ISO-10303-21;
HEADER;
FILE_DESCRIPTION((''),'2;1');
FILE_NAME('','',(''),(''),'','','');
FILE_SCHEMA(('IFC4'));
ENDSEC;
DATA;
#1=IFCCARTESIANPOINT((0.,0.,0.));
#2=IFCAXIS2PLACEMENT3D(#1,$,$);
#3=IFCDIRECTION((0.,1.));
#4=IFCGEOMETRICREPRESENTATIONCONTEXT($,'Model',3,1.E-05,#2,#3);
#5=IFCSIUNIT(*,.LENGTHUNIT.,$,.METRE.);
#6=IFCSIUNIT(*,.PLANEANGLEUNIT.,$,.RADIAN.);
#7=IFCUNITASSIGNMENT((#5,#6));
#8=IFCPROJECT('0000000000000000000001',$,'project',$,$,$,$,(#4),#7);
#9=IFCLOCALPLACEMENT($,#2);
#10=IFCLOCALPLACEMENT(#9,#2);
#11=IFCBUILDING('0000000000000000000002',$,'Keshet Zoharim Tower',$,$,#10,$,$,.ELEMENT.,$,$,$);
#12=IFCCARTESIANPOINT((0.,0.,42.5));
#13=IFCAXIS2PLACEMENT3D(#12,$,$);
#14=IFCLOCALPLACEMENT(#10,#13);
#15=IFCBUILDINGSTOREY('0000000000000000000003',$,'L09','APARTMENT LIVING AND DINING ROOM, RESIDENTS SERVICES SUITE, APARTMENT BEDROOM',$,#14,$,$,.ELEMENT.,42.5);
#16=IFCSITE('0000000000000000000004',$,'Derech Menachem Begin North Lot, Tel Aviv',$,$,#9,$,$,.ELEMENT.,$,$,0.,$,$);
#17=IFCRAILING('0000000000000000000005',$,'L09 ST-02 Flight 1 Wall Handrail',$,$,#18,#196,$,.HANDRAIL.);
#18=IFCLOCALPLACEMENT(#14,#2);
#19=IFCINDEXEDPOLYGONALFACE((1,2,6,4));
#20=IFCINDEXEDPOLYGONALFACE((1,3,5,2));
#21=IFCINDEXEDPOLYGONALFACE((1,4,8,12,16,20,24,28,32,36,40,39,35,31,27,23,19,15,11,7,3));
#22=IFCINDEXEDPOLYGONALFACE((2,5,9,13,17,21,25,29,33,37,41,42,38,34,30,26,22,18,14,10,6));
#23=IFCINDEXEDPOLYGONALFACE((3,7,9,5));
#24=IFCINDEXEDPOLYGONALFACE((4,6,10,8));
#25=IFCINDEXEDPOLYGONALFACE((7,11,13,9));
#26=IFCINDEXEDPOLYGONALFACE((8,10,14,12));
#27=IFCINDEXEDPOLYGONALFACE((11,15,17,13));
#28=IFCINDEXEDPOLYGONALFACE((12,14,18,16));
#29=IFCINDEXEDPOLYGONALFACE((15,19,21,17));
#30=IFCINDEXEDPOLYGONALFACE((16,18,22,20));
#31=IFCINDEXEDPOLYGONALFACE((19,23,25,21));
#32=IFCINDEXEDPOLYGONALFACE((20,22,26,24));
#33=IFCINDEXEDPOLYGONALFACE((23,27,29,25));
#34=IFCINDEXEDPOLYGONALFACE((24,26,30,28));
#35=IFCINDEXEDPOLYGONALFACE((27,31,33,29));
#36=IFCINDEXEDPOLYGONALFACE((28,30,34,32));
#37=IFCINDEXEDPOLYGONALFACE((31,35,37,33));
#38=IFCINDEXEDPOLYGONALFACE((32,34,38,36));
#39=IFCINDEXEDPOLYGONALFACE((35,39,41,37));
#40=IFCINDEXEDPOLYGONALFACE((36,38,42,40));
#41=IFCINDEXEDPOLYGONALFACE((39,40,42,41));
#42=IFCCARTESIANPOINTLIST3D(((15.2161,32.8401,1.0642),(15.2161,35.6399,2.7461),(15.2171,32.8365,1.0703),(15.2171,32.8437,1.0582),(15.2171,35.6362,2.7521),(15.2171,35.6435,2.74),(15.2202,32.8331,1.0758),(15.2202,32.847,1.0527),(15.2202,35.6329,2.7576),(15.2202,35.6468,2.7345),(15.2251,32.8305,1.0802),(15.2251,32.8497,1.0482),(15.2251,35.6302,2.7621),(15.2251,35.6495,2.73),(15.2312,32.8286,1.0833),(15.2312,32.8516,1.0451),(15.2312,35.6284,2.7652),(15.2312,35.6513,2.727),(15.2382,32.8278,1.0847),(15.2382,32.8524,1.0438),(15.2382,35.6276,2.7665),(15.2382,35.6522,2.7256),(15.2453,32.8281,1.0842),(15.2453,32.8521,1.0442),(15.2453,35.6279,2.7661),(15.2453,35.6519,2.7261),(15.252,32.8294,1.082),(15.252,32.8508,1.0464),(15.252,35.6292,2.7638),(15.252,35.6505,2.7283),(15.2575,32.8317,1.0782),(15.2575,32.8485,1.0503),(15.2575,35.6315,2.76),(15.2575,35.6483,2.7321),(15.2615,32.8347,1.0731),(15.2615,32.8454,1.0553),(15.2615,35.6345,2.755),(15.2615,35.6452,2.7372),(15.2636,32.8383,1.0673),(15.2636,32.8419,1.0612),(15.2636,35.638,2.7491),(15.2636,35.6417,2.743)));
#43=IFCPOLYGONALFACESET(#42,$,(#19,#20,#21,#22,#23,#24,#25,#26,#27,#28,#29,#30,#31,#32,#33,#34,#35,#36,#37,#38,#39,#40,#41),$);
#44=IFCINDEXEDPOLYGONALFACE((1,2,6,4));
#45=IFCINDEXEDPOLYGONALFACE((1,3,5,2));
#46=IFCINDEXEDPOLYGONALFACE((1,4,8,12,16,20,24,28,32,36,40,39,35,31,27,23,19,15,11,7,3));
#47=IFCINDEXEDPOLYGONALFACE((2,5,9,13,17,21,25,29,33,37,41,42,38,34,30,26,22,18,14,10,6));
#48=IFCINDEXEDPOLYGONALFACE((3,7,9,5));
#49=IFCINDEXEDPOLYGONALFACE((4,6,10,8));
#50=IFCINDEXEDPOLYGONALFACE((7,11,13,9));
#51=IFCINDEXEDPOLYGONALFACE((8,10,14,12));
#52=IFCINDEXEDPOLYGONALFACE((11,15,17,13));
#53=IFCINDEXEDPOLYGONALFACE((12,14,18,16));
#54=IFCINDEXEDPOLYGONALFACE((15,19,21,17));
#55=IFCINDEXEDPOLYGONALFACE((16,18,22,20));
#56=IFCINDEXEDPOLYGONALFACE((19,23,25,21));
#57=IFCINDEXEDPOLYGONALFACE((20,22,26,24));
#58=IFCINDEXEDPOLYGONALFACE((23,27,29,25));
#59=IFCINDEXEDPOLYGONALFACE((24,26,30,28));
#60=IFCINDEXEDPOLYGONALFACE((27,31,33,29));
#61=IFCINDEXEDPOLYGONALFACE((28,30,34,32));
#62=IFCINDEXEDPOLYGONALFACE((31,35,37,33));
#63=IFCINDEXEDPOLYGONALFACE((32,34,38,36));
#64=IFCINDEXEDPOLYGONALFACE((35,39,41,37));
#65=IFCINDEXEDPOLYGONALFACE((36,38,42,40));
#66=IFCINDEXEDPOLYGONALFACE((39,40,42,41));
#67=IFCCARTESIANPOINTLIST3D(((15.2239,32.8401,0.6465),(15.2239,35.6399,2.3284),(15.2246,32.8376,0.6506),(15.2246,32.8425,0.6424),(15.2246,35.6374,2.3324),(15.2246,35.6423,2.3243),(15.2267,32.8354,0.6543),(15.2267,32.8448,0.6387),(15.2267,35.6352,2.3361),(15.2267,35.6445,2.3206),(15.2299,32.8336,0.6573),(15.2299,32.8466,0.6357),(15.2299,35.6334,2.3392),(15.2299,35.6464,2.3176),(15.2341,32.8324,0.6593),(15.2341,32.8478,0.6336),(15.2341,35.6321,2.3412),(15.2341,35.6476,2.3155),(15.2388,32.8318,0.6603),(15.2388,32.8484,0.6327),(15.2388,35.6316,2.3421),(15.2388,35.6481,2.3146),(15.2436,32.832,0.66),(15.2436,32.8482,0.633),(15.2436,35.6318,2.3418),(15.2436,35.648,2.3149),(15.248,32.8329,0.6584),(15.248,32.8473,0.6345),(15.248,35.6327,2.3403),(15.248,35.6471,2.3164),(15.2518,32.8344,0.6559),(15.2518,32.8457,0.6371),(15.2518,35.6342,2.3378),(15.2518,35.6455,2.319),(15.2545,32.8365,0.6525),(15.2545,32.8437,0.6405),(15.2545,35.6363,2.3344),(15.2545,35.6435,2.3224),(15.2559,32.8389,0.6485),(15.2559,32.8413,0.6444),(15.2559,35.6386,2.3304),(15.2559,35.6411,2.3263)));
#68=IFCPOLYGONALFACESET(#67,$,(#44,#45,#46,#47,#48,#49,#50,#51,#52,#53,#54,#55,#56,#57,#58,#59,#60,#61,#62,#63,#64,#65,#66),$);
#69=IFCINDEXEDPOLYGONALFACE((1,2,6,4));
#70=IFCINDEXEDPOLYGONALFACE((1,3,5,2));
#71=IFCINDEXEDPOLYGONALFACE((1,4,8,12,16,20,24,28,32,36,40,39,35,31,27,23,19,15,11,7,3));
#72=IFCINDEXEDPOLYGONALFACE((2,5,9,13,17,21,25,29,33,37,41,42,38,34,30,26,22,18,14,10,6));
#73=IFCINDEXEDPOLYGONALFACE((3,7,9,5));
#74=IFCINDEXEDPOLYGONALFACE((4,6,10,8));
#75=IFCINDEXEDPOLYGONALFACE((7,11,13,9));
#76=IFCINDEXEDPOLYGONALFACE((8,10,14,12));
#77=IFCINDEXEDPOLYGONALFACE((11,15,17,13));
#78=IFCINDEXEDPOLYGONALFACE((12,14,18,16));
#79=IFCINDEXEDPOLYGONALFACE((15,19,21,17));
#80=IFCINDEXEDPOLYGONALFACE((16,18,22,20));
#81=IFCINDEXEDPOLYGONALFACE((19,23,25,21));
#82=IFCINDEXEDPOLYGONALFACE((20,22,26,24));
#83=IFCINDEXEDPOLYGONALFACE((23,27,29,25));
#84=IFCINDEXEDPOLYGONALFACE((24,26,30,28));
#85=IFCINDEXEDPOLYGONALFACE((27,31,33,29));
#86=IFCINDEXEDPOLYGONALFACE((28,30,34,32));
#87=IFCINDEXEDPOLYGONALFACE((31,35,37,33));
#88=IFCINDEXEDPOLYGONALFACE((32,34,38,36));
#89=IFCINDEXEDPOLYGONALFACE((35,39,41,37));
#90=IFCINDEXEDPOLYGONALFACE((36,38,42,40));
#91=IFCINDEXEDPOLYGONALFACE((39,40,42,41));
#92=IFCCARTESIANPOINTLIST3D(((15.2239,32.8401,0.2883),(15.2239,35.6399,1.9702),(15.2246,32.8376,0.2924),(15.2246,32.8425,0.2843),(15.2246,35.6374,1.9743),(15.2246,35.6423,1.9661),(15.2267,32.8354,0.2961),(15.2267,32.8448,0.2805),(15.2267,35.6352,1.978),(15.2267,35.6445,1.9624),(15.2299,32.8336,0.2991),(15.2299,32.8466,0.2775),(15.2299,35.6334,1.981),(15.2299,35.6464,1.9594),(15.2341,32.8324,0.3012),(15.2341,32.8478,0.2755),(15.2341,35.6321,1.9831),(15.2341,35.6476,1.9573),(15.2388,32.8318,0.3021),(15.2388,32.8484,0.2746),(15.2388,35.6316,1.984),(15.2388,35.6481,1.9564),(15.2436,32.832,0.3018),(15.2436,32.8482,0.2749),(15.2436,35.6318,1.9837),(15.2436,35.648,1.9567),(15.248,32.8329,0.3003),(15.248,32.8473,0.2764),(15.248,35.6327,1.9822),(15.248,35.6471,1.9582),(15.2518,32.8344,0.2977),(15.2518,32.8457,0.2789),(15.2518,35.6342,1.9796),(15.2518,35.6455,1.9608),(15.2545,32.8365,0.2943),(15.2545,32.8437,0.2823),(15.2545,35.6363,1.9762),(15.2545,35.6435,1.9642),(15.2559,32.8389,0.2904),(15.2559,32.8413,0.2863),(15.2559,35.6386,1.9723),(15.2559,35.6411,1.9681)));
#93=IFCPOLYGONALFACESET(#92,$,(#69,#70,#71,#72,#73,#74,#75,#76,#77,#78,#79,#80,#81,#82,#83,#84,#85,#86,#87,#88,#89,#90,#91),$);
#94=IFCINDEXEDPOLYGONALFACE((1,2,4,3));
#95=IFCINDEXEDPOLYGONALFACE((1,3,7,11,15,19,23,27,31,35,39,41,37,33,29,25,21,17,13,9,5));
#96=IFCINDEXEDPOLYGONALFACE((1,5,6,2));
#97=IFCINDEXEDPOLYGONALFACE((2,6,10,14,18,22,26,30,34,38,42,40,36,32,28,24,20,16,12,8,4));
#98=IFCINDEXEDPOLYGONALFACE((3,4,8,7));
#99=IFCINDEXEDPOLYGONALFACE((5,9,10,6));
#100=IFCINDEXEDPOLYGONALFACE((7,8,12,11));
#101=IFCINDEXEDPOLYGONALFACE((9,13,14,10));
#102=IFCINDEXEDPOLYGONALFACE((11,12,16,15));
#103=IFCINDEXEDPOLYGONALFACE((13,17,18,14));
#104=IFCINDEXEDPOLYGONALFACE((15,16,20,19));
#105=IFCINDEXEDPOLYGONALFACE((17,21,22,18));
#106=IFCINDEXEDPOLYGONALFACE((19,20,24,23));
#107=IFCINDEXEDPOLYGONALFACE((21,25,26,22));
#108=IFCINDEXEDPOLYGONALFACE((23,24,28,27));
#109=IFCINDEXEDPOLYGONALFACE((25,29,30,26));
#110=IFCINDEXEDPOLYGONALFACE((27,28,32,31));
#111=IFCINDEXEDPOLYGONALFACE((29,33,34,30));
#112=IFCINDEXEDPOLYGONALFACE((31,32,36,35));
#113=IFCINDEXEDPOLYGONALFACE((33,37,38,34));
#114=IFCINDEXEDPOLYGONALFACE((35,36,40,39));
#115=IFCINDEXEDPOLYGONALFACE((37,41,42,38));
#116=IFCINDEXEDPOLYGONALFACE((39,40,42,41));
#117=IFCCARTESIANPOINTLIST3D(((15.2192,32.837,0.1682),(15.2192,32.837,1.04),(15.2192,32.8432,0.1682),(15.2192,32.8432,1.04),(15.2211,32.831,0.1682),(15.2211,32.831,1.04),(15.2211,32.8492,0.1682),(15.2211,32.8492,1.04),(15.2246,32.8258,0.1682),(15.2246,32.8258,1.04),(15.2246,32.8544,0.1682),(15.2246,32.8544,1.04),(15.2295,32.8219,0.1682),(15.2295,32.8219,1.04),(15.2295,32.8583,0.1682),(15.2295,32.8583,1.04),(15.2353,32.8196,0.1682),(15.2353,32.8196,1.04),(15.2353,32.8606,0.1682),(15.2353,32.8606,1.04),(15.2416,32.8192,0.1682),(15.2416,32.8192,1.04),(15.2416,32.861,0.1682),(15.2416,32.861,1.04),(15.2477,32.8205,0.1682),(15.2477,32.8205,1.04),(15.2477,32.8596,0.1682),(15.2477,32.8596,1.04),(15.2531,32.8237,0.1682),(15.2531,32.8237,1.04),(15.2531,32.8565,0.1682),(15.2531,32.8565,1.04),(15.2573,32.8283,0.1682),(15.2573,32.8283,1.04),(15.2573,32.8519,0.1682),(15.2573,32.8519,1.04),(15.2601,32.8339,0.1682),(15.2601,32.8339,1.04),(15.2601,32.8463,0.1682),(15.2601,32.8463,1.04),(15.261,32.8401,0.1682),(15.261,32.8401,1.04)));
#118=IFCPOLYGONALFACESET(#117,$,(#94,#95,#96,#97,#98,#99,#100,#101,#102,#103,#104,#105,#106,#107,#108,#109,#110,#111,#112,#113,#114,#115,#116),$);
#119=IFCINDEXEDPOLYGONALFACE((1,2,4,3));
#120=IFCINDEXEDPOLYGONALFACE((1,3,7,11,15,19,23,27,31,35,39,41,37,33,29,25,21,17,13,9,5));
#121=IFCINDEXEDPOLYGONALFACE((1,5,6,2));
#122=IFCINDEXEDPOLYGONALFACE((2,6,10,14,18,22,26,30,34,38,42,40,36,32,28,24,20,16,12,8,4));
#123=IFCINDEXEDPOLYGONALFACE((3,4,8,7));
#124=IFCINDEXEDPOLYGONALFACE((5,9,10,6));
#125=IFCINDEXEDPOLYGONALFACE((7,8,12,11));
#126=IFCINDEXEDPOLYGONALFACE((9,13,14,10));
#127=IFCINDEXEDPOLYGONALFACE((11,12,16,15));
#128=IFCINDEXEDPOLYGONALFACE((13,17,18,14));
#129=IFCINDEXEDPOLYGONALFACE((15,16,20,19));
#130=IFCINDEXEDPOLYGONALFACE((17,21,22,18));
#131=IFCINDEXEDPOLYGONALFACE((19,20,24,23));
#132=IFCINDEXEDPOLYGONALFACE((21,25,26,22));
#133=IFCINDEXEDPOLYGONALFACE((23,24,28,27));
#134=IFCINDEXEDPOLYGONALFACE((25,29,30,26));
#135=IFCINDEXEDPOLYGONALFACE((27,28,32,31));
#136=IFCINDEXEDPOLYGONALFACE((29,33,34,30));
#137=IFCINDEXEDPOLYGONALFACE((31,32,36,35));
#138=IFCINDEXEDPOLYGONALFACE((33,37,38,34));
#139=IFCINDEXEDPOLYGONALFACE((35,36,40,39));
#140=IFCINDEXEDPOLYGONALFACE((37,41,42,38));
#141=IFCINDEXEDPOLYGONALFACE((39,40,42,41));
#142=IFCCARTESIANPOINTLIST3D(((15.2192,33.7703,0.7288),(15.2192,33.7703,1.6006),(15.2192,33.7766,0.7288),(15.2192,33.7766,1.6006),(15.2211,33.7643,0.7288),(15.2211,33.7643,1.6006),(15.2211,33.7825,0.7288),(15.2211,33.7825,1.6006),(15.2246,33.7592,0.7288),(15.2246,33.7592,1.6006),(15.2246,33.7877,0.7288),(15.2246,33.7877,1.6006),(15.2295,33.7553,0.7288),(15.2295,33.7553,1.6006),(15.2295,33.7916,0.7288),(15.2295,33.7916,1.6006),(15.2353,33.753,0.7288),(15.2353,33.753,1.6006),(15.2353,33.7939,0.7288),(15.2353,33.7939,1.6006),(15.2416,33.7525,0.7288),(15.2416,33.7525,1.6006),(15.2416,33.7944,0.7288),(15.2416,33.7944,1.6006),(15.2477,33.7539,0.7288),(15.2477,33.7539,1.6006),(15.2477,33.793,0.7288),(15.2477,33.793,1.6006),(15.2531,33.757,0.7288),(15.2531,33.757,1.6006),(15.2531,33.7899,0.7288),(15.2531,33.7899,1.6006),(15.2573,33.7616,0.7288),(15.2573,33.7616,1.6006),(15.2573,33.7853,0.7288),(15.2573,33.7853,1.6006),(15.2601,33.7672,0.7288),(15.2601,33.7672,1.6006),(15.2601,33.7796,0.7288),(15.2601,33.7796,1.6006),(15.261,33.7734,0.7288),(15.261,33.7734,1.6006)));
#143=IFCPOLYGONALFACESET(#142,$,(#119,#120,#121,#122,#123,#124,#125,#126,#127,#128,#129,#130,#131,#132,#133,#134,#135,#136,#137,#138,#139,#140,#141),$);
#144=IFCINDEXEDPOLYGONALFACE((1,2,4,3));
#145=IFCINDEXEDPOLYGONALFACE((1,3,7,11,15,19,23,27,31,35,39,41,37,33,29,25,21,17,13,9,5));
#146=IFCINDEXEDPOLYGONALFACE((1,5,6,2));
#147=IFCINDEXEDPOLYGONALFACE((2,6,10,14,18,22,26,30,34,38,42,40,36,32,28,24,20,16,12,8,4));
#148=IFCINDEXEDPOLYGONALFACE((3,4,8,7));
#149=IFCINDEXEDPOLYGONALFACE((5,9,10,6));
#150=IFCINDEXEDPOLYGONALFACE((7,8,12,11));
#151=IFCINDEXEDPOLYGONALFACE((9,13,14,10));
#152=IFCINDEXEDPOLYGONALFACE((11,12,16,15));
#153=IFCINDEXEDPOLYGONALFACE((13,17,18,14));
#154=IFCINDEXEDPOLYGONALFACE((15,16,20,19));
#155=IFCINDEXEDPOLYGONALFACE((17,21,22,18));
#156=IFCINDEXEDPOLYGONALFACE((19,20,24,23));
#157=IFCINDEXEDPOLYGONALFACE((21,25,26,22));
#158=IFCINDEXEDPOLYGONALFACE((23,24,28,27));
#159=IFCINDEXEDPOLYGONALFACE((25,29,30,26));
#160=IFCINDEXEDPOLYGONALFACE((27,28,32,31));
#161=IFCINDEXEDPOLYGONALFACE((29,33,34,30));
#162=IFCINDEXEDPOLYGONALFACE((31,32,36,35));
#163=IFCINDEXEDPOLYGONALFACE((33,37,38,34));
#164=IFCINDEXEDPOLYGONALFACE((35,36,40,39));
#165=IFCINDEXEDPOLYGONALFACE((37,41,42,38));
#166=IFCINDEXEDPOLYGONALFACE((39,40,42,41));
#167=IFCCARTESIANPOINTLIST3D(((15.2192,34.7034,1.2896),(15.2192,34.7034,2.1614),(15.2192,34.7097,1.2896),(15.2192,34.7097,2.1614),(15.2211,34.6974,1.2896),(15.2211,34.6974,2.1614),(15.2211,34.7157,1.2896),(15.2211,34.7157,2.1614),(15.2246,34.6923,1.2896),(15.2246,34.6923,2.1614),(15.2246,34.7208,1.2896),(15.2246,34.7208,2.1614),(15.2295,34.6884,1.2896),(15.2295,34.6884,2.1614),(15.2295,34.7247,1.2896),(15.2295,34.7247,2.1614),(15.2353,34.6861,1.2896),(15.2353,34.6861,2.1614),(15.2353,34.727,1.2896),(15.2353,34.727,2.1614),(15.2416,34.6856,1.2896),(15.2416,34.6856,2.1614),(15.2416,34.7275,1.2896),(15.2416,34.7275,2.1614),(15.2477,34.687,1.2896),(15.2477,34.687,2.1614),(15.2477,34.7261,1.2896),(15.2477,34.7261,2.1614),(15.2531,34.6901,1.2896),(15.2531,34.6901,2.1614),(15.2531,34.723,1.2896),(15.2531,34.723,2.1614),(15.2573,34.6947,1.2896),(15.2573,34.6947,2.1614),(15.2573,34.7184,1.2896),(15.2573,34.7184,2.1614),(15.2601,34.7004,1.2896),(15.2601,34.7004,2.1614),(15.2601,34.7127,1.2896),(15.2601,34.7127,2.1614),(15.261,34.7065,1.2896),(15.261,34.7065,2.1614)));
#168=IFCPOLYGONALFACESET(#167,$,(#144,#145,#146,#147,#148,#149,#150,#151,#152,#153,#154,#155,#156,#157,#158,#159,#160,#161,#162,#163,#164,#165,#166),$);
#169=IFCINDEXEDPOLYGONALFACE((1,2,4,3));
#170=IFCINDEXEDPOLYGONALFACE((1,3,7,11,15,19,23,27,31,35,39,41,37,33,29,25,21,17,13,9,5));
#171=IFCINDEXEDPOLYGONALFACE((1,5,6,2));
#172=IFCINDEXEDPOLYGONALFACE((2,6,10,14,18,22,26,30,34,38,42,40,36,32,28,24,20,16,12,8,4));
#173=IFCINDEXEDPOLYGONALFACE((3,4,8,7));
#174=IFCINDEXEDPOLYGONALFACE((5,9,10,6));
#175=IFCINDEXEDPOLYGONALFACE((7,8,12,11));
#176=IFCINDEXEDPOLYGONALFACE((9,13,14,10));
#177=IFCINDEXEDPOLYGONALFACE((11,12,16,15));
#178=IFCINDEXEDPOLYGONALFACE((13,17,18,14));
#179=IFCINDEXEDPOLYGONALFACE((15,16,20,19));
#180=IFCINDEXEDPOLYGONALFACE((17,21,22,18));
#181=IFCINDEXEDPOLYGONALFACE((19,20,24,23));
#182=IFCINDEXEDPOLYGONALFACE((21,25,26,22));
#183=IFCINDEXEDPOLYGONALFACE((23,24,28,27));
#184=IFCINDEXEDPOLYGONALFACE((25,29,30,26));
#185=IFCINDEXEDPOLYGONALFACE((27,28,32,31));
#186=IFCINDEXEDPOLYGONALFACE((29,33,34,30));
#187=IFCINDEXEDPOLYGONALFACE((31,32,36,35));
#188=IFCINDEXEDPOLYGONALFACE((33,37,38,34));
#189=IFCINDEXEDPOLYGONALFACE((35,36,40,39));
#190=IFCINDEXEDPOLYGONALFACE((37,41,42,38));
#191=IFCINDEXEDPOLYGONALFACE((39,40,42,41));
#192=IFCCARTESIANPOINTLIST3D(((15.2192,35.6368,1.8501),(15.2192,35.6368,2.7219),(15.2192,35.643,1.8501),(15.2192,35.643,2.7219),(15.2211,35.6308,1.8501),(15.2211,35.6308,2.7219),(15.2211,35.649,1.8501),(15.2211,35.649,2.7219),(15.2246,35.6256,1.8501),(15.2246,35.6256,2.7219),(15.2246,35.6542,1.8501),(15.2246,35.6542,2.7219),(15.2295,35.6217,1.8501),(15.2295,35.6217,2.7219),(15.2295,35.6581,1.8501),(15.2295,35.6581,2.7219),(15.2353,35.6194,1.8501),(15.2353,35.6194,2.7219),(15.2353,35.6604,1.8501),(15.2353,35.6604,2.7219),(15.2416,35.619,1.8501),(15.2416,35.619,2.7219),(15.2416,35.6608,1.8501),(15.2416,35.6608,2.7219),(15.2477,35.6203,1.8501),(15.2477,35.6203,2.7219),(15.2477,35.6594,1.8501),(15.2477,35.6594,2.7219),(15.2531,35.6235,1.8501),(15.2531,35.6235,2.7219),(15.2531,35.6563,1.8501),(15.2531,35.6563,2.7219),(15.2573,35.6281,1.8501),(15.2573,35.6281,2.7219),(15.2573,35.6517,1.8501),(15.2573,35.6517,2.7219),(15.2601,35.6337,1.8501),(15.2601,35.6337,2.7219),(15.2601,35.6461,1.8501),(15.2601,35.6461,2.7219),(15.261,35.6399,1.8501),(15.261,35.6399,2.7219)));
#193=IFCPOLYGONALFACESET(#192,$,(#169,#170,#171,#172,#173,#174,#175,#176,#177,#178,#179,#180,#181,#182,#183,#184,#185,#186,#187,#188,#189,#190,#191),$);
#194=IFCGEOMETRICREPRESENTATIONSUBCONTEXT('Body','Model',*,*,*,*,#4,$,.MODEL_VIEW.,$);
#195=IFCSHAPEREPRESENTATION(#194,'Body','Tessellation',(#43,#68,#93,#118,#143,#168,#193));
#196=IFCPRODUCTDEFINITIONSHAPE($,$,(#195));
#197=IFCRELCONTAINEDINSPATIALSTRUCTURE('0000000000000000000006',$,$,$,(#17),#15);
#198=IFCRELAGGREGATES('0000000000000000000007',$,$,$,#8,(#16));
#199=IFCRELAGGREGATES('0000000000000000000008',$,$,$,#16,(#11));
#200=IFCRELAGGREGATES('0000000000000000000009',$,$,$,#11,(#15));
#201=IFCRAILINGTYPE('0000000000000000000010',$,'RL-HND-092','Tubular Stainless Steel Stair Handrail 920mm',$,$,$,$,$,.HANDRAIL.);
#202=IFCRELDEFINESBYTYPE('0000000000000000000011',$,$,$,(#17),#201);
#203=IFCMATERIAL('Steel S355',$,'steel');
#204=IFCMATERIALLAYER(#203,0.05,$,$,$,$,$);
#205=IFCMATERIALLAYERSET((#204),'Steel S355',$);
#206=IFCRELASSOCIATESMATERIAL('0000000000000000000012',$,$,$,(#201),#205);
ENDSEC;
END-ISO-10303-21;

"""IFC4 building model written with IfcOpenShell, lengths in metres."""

from ifc_helpers import new_model, si_unit, direction, frame, origin, origin_2d, place, context, subcontext, project, spatial, circle, extrude, material, layer, layer_set, type_object, element, save


model = new_model("IFC4")

# Units and contexts
model_context = context("Model", 3, precision=1e-05, world=origin(), true_north=direction((0.0, 1.0)))
body_context = subcontext(model_context, "Body", "Model", "MODEL_VIEW")
ifc_project = project(units=[si_unit("LENGTHUNIT", "METRE"), si_unit("PLANEANGLEUNIT", "RADIAN")], contexts=[model_context])

# Site, building, storey
site_placement = place(None, origin())
site = spatial("IfcSite", under=ifc_project, at=site_placement, Name="Derech Menachem Begin North Lot, Tel Aviv", CompositionType="ELEMENT", RefElevation=0.0)
building_placement = place(site_placement, origin())
building = spatial("IfcBuilding", under=site, at=building_placement, Name="Keshet Zoharim Tower", CompositionType="ELEMENT")
storey_placement = place(building_placement, frame((0.0, 0.0, 42.5)))
storey = spatial("IfcBuildingStorey", under=building, at=storey_placement, Name="L09", Description="APARTMENT LIVING AND DINING ROOM, RESIDENTS SERVICES SUITE, APARTMENT BEDROOM", CompositionType="ELEMENT", Elevation=42.5)

# Railing
ifc_material_1 = material(Name="Steel S355", Category="steel")
ifc_layer_1 = layer(ifc_material_1, 0.05)
ifc_layer_set_1 = layer_set([ifc_layer_1], Name="Steel S355")
railing_type_1 = type_object("IfcRailingType", Name="RL-HND-092", Description="Tubular Stainless Steel Stair Handrail 920mm", PredefinedType="HANDRAIL", material=ifc_layer_set_1)
railing_1_placement = place(storey_placement, frame((15.24, 32.8401, 0.1682)))
element("IfcRailing", 1, at=railing_1_placement, inside=storey, type_object=railing_type_1, Name="L09 ST-02 Flight 1 Wall Handrail", PredefinedType="HANDRAIL", context=body_context, shape_type="SweptSolid", body=[
    extrude(circle(Radius=0.0239, at=origin_2d()), frame((0.0, 0.0, 0.896), z_axis=(0.0, 0.857222, 0.514946), x_axis=(-1.0, 0.0, 0.0)), (0.0, 0.0, 1.0), 3.2661),
    extrude(circle(Radius=0.0161, at=origin_2d()), frame((0.0, 0.0, 0.4783), z_axis=(0.0, 0.857222, 0.514946), x_axis=(-1.0, 0.0, 0.0)), (0.0, 0.0, 1.0), 3.2661),
    extrude(circle(Radius=0.0161, at=origin_2d()), frame((0.0, 0.0, 0.1201), z_axis=(0.0, 0.857222, 0.514946), x_axis=(-1.0, 0.0, 0.0)), (0.0, 0.0, 1.0), 3.2661),
    extrude(circle(Radius=0.021, at=origin_2d()), origin(), (0.0, 0.0, 1.0), 0.8718),
    extrude(circle(Radius=0.021, at=origin_2d()), frame((0.0, 0.9333, 0.5605)), (0.0, 0.0, 1.0), 0.8718),
    extrude(circle(Radius=0.021, at=origin_2d()), frame((0.0, 1.8665, 1.1213)), (0.0, 0.0, 1.0), 0.8718),
    extrude(circle(Radius=0.021, at=origin_2d()), frame((0.0, 2.7998, 1.6819)), (0.0, 0.0, 1.0), 0.8718),
])

save(model, "model.ifc")
